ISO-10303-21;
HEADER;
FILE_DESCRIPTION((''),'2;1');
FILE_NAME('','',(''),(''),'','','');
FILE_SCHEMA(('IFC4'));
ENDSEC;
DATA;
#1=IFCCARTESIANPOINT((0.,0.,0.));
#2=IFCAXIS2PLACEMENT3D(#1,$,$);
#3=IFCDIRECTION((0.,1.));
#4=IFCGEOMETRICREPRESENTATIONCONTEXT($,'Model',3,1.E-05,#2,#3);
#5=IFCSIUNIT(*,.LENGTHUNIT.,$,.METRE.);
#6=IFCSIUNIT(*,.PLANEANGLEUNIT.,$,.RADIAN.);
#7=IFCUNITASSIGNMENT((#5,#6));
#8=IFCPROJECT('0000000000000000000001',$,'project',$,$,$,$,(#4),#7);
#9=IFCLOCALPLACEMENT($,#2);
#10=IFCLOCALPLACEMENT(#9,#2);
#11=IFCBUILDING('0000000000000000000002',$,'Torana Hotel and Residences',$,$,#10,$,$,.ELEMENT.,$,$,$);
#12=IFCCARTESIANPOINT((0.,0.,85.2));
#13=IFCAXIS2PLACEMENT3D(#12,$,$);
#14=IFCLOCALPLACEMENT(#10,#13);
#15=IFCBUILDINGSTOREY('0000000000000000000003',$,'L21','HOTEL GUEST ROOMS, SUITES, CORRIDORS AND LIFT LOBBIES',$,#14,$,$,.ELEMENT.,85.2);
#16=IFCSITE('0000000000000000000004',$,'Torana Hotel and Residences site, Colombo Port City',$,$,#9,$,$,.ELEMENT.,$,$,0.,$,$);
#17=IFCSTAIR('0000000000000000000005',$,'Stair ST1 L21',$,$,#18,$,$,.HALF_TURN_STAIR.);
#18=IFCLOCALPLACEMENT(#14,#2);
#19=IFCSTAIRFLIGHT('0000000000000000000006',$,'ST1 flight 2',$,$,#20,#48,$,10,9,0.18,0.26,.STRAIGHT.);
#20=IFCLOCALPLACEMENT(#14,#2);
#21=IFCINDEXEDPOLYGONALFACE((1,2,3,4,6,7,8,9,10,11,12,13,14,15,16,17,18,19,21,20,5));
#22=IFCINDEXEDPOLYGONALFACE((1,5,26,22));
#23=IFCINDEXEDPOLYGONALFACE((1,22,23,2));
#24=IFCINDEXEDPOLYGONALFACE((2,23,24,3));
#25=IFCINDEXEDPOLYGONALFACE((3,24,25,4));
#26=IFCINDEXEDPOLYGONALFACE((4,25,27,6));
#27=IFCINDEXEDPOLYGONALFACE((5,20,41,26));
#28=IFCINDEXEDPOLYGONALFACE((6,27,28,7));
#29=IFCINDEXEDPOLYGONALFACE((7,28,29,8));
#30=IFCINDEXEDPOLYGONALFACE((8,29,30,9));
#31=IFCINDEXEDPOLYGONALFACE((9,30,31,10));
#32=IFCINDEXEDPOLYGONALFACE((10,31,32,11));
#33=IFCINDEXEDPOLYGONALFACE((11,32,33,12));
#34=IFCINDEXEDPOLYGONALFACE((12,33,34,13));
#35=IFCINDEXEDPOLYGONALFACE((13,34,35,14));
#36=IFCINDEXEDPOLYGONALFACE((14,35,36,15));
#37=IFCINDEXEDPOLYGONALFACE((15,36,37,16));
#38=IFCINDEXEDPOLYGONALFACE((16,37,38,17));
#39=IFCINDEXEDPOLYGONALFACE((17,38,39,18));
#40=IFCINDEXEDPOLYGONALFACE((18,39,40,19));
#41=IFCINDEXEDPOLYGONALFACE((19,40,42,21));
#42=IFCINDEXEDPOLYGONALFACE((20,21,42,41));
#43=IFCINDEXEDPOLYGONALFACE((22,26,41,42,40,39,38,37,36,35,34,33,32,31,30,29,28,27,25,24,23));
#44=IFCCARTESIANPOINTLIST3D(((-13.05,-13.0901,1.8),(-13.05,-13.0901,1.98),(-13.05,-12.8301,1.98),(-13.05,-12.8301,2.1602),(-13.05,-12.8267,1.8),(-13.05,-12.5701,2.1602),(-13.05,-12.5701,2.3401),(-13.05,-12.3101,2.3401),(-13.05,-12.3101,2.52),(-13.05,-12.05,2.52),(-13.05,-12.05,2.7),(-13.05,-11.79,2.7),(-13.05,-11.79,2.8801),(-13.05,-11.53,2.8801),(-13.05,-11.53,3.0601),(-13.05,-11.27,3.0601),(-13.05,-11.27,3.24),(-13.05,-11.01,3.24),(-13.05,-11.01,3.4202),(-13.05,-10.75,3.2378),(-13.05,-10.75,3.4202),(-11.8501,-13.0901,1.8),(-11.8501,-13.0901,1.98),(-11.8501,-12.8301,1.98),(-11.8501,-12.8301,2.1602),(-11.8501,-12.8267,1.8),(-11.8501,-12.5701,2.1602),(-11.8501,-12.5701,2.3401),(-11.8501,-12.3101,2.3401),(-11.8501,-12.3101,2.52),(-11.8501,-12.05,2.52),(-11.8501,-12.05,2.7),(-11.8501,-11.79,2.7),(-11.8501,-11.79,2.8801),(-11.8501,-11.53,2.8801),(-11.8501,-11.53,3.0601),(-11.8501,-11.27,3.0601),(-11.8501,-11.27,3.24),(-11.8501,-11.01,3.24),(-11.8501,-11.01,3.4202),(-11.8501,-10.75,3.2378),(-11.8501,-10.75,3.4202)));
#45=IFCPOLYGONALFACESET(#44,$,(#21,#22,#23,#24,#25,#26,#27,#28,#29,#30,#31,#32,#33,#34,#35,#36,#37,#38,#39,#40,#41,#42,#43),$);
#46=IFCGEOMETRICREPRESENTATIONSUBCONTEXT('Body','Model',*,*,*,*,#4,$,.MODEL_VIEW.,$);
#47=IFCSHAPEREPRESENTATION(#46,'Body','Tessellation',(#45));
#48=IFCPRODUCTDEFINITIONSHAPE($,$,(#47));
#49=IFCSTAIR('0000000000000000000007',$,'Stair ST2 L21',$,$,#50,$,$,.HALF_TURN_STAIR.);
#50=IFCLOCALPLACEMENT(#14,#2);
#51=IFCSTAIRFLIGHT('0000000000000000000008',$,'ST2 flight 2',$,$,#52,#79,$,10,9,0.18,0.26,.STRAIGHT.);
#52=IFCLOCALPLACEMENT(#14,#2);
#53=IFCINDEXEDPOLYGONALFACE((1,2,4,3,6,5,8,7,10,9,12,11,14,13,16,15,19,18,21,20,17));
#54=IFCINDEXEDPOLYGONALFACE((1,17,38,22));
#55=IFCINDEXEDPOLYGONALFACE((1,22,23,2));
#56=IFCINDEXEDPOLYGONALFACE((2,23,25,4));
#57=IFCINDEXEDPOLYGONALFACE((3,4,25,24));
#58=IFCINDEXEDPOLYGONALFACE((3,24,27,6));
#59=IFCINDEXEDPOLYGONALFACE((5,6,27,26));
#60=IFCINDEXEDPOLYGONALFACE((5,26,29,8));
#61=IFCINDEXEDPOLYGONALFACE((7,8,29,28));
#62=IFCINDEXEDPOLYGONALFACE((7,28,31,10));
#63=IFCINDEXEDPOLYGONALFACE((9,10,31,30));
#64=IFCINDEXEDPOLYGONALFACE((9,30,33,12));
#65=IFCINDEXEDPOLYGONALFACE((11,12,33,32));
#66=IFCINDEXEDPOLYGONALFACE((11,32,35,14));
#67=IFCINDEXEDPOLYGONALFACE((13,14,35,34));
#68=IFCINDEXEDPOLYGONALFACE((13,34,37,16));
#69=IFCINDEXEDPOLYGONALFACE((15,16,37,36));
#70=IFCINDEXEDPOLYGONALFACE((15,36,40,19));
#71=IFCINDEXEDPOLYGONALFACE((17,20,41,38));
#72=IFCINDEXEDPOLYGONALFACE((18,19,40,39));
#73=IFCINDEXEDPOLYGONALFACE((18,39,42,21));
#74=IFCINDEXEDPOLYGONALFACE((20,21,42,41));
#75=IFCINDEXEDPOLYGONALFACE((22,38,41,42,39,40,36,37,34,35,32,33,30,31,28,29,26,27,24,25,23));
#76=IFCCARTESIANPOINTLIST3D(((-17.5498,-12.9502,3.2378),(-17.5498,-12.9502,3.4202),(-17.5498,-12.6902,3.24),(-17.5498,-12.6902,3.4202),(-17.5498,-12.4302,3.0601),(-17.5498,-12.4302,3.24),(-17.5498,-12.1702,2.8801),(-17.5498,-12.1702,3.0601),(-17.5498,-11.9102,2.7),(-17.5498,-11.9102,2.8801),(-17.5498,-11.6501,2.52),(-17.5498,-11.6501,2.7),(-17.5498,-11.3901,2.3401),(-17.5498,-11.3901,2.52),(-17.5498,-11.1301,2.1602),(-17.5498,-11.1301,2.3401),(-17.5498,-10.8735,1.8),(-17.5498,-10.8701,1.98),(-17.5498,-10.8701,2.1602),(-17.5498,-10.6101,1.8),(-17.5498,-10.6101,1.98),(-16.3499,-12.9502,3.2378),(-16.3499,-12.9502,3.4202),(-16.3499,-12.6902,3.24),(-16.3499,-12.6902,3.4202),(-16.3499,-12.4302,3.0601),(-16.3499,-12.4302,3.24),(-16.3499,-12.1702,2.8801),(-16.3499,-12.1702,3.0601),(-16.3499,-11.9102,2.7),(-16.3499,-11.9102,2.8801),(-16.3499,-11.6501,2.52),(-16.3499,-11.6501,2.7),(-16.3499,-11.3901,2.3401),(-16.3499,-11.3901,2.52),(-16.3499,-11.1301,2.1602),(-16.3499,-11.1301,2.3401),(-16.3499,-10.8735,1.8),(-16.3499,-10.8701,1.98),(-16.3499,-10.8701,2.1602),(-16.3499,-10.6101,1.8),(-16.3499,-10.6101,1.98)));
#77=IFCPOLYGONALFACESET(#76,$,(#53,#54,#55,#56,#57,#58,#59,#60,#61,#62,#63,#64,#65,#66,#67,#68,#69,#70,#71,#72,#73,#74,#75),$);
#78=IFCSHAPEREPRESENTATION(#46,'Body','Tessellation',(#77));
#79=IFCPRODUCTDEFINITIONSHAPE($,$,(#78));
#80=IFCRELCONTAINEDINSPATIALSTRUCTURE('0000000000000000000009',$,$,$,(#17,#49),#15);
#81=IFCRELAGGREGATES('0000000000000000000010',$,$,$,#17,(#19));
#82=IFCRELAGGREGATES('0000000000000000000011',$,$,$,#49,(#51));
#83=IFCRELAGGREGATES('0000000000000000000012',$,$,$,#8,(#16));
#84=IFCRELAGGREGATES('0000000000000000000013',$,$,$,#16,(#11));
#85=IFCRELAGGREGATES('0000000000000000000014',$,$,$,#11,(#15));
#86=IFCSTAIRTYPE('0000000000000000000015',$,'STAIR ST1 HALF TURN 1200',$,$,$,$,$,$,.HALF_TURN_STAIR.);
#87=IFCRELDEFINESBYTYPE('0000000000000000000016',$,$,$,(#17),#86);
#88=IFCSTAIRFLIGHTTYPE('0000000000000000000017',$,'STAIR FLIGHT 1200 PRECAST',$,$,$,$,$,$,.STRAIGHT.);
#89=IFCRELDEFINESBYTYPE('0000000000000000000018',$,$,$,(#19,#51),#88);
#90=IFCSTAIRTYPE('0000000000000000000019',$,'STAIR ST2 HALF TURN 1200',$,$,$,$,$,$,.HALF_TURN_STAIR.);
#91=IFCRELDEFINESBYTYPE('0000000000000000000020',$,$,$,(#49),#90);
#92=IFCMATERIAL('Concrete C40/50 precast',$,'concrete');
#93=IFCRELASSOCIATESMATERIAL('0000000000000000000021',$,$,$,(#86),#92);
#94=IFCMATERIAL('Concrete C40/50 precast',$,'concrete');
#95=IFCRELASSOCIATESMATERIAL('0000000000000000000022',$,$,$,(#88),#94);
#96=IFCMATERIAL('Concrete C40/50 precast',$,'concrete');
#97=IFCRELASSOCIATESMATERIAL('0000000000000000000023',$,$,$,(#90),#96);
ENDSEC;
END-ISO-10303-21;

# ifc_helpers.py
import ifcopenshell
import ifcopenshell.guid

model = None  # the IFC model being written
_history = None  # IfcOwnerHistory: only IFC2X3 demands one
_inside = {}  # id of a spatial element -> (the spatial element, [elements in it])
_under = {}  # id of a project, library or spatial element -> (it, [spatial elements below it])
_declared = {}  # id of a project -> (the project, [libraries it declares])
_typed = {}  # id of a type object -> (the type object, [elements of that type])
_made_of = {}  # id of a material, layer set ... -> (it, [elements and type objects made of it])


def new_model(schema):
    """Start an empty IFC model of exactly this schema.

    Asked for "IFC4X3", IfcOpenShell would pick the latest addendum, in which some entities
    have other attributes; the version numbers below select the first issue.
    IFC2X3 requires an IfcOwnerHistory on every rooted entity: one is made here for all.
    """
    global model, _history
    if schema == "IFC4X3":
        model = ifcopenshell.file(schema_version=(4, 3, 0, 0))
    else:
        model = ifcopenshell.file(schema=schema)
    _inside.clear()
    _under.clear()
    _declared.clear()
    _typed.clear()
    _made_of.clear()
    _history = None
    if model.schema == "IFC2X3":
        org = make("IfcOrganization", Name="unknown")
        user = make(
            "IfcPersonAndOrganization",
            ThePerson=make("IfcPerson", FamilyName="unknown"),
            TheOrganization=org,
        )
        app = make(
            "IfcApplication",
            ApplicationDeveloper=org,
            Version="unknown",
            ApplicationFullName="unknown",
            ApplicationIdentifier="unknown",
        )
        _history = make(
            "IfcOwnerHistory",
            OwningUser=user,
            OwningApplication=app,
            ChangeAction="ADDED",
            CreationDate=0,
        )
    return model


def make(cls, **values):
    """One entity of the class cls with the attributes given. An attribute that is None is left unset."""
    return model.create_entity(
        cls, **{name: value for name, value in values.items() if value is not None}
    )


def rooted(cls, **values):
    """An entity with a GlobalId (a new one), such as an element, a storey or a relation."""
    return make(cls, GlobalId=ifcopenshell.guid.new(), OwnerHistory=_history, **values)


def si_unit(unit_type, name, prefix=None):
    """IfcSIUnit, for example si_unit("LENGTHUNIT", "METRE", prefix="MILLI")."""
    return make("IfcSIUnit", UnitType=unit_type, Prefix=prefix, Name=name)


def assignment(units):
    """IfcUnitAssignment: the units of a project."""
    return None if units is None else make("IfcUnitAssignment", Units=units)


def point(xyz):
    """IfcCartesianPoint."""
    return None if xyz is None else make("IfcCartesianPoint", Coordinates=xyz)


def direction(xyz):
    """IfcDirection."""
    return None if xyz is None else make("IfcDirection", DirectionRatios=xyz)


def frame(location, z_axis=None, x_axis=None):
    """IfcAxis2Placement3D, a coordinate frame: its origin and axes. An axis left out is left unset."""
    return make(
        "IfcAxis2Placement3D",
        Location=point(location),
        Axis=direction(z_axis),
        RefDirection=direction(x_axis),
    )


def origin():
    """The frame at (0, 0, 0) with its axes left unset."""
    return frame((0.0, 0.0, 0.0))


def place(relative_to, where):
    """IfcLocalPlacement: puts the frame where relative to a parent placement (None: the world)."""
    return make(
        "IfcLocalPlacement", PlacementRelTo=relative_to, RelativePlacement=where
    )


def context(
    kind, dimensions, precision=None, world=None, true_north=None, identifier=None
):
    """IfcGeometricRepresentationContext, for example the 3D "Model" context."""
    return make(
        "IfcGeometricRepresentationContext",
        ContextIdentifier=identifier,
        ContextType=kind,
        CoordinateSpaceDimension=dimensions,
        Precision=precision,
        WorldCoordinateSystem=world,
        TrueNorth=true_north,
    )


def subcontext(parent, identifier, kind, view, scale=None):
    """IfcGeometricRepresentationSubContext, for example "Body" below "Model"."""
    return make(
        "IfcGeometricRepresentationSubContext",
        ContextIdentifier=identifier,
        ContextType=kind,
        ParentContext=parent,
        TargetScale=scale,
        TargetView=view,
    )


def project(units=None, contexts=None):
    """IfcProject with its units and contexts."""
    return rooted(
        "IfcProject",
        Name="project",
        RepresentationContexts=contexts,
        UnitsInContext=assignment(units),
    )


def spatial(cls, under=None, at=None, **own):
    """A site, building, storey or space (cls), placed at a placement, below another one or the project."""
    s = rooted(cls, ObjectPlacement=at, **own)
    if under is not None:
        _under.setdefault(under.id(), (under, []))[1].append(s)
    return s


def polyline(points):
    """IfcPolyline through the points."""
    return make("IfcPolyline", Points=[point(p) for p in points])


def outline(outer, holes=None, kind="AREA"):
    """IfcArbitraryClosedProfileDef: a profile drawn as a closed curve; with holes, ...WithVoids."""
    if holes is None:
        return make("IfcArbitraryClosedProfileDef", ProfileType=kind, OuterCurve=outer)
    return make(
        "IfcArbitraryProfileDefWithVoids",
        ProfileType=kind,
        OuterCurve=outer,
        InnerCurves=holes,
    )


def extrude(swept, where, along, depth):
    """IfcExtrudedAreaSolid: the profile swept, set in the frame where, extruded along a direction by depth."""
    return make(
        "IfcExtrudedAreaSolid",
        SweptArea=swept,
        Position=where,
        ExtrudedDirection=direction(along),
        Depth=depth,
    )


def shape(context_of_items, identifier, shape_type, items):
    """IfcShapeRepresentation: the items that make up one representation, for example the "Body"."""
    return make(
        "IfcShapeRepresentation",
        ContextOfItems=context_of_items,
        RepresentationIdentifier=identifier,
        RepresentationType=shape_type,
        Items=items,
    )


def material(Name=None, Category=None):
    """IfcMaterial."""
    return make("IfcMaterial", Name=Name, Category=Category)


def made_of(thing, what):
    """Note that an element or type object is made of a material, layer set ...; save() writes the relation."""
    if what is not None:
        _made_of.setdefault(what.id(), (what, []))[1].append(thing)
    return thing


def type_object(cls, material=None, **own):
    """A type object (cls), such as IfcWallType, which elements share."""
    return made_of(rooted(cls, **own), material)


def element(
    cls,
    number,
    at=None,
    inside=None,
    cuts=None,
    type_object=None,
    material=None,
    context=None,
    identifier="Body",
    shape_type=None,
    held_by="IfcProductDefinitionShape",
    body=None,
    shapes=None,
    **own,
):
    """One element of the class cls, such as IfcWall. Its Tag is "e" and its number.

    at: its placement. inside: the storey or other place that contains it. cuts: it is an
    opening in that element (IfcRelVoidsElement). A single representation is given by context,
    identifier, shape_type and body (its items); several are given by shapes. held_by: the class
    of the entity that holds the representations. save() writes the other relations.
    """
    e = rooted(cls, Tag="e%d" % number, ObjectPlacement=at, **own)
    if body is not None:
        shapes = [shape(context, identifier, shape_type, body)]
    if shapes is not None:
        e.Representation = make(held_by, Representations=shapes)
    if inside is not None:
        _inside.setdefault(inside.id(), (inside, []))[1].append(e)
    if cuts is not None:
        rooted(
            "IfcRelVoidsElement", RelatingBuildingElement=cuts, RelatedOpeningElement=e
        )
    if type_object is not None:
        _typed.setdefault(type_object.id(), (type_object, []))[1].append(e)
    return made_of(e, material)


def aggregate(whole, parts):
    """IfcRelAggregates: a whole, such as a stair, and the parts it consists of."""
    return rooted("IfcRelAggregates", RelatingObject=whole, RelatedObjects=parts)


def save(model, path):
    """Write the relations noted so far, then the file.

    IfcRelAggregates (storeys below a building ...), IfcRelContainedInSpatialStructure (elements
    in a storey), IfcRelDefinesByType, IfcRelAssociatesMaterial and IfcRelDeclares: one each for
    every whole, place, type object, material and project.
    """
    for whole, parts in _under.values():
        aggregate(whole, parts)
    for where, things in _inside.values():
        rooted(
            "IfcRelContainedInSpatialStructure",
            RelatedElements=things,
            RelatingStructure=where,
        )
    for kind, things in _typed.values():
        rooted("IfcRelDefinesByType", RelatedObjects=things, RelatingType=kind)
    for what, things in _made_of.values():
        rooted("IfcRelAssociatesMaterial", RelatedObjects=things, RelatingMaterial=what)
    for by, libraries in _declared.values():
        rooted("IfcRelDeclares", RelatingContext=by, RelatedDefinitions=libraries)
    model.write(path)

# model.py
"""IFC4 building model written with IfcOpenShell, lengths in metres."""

from ifc_helpers import new_model, si_unit, direction, frame, origin, place, context, subcontext, project, spatial, polyline, outline, extrude, material, type_object, element, aggregate, save


model = new_model("IFC4")

# Units and contexts
model_context = context("Model", 3, precision=1e-05, world=origin(), true_north=direction((0.0, 1.0)))
body_context = subcontext(model_context, "Body", "Model", "MODEL_VIEW")
ifc_project = project(units=[si_unit("LENGTHUNIT", "METRE"), si_unit("PLANEANGLEUNIT", "RADIAN")], contexts=[model_context])

# Site, building, storey
site_placement = place(None, origin())
site = spatial("IfcSite", under=ifc_project, at=site_placement, Name="Torana Hotel and Residences site, Colombo Port City", CompositionType="ELEMENT", RefElevation=0.0)
building_placement = place(site_placement, origin())
building = spatial("IfcBuilding", under=site, at=building_placement, Name="Torana Hotel and Residences", CompositionType="ELEMENT")
storey_placement = place(building_placement, frame((0.0, 0.0, 85.2)))
storey = spatial("IfcBuildingStorey", under=building, at=storey_placement, Name="L21", Description="HOTEL GUEST ROOMS, SUITES, CORRIDORS AND LIFT LOBBIES", CompositionType="ELEMENT", Elevation=85.2)

# Stair, stair flight
ifc_material_1 = material(Name="Concrete C40/50 precast", Category="concrete")
stair_type_1 = type_object("IfcStairType", Name="STAIR ST1 HALF TURN 1200", PredefinedType="HALF_TURN_STAIR", material=ifc_material_1)
stair_1_placement = place(storey_placement, origin())
stair_1 = element("IfcStair", 1, at=stair_1_placement, inside=storey, type_object=stair_type_1, Name="Stair ST1 L21", PredefinedType="HALF_TURN_STAIR")
ifc_material_2 = material(Name="Concrete C40/50 precast", Category="concrete")
stair_flight_type = type_object("IfcStairFlightType", Name="STAIR FLIGHT 1200 PRECAST", PredefinedType="STRAIGHT", material=ifc_material_2)
stair_flight_1_placement = place(storey_placement, frame((-12.45, -13.0901, 1.8), z_axis=(0.0, 0.0, 1.0), x_axis=(0.0, 1.0, 0.0)))
stair_flight_1 = element("IfcStairFlight", 2, at=stair_flight_1_placement, type_object=stair_flight_type, Name="ST1 flight 2", NumberOfRisers=10, NumberOfTreads=9, PredefinedType="STRAIGHT", RiserHeight=0.18, TreadLength=0.26, context=body_context, shape_type="SweptSolid", body=[
    extrude(outline(polyline([(0.0, 0.0), (0.0, 0.1799), (0.26, 0.1799), (0.26, 0.3601), (0.52, 0.3601), (0.52, 0.54), (0.78, 0.54), (0.78, 0.72), (1.04, 0.72), (1.04, 0.8999), (1.3, 0.8999), (1.3, 1.0801), (1.5601, 1.0801), (1.5601, 1.26), (1.8201, 1.26), (1.8201, 1.4399), (2.0801, 1.4399), (2.0801, 1.6201), (2.3401, 1.6201), (2.3401, 1.8), (2.3401, 1.4377), (0.2634, 0.0), (0.0, 0.0)])), frame((0.0, 0.6001, 0.0), z_axis=(0.0, -1.0, 0.0), x_axis=(1.0, 0.0, 0.0)), (0.0, 0.0, 1.0), 1.2),
])
aggregate(stair_1, [stair_flight_1])

# Stair, stair flight
ifc_material_3 = material(Name="Concrete C40/50 precast", Category="concrete")
stair_type_2 = type_object("IfcStairType", Name="STAIR ST2 HALF TURN 1200", PredefinedType="HALF_TURN_STAIR", material=ifc_material_3)
stair_2_placement = place(storey_placement, origin())
stair_2 = element("IfcStair", 3, at=stair_2_placement, inside=storey, type_object=stair_type_2, Name="Stair ST2 L21", PredefinedType="HALF_TURN_STAIR")
stair_flight_2_placement = place(storey_placement, frame((-16.95, -10.6101, 1.8), z_axis=(0.0, 0.0, 1.0), x_axis=(0.0, -1.0, 0.0)))
stair_flight_2 = element("IfcStairFlight", 4, at=stair_flight_2_placement, type_object=stair_flight_type, Name="ST2 flight 2", NumberOfRisers=10, NumberOfTreads=9, PredefinedType="STRAIGHT", RiserHeight=0.18, TreadLength=0.26, context=body_context, shape_type="SweptSolid", body=[
    extrude(outline(polyline([(0.0, 0.0), (0.0, 0.1799), (0.26, 0.1799), (0.26, 0.3601), (0.52, 0.3601), (0.52, 0.54), (0.78, 0.54), (0.78, 0.72), (1.04, 0.72), (1.04, 0.8999), (1.3, 0.8999), (1.3, 1.0801), (1.5601, 1.0801), (1.5601, 1.26), (1.8201, 1.26), (1.8201, 1.4399), (2.0801, 1.4399), (2.0801, 1.6201), (2.3401, 1.6201), (2.3401, 1.8), (2.3401, 1.4377), (0.2634, 0.0), (0.0, 0.0)])), frame((0.0, 0.6001, 0.0), z_axis=(0.0, -1.0, 0.0), x_axis=(1.0, 0.0, 0.0)), (0.0, 0.0, 1.0), 1.2),
])
aggregate(stair_2, [stair_flight_2])

save(model, "model.ifc")
